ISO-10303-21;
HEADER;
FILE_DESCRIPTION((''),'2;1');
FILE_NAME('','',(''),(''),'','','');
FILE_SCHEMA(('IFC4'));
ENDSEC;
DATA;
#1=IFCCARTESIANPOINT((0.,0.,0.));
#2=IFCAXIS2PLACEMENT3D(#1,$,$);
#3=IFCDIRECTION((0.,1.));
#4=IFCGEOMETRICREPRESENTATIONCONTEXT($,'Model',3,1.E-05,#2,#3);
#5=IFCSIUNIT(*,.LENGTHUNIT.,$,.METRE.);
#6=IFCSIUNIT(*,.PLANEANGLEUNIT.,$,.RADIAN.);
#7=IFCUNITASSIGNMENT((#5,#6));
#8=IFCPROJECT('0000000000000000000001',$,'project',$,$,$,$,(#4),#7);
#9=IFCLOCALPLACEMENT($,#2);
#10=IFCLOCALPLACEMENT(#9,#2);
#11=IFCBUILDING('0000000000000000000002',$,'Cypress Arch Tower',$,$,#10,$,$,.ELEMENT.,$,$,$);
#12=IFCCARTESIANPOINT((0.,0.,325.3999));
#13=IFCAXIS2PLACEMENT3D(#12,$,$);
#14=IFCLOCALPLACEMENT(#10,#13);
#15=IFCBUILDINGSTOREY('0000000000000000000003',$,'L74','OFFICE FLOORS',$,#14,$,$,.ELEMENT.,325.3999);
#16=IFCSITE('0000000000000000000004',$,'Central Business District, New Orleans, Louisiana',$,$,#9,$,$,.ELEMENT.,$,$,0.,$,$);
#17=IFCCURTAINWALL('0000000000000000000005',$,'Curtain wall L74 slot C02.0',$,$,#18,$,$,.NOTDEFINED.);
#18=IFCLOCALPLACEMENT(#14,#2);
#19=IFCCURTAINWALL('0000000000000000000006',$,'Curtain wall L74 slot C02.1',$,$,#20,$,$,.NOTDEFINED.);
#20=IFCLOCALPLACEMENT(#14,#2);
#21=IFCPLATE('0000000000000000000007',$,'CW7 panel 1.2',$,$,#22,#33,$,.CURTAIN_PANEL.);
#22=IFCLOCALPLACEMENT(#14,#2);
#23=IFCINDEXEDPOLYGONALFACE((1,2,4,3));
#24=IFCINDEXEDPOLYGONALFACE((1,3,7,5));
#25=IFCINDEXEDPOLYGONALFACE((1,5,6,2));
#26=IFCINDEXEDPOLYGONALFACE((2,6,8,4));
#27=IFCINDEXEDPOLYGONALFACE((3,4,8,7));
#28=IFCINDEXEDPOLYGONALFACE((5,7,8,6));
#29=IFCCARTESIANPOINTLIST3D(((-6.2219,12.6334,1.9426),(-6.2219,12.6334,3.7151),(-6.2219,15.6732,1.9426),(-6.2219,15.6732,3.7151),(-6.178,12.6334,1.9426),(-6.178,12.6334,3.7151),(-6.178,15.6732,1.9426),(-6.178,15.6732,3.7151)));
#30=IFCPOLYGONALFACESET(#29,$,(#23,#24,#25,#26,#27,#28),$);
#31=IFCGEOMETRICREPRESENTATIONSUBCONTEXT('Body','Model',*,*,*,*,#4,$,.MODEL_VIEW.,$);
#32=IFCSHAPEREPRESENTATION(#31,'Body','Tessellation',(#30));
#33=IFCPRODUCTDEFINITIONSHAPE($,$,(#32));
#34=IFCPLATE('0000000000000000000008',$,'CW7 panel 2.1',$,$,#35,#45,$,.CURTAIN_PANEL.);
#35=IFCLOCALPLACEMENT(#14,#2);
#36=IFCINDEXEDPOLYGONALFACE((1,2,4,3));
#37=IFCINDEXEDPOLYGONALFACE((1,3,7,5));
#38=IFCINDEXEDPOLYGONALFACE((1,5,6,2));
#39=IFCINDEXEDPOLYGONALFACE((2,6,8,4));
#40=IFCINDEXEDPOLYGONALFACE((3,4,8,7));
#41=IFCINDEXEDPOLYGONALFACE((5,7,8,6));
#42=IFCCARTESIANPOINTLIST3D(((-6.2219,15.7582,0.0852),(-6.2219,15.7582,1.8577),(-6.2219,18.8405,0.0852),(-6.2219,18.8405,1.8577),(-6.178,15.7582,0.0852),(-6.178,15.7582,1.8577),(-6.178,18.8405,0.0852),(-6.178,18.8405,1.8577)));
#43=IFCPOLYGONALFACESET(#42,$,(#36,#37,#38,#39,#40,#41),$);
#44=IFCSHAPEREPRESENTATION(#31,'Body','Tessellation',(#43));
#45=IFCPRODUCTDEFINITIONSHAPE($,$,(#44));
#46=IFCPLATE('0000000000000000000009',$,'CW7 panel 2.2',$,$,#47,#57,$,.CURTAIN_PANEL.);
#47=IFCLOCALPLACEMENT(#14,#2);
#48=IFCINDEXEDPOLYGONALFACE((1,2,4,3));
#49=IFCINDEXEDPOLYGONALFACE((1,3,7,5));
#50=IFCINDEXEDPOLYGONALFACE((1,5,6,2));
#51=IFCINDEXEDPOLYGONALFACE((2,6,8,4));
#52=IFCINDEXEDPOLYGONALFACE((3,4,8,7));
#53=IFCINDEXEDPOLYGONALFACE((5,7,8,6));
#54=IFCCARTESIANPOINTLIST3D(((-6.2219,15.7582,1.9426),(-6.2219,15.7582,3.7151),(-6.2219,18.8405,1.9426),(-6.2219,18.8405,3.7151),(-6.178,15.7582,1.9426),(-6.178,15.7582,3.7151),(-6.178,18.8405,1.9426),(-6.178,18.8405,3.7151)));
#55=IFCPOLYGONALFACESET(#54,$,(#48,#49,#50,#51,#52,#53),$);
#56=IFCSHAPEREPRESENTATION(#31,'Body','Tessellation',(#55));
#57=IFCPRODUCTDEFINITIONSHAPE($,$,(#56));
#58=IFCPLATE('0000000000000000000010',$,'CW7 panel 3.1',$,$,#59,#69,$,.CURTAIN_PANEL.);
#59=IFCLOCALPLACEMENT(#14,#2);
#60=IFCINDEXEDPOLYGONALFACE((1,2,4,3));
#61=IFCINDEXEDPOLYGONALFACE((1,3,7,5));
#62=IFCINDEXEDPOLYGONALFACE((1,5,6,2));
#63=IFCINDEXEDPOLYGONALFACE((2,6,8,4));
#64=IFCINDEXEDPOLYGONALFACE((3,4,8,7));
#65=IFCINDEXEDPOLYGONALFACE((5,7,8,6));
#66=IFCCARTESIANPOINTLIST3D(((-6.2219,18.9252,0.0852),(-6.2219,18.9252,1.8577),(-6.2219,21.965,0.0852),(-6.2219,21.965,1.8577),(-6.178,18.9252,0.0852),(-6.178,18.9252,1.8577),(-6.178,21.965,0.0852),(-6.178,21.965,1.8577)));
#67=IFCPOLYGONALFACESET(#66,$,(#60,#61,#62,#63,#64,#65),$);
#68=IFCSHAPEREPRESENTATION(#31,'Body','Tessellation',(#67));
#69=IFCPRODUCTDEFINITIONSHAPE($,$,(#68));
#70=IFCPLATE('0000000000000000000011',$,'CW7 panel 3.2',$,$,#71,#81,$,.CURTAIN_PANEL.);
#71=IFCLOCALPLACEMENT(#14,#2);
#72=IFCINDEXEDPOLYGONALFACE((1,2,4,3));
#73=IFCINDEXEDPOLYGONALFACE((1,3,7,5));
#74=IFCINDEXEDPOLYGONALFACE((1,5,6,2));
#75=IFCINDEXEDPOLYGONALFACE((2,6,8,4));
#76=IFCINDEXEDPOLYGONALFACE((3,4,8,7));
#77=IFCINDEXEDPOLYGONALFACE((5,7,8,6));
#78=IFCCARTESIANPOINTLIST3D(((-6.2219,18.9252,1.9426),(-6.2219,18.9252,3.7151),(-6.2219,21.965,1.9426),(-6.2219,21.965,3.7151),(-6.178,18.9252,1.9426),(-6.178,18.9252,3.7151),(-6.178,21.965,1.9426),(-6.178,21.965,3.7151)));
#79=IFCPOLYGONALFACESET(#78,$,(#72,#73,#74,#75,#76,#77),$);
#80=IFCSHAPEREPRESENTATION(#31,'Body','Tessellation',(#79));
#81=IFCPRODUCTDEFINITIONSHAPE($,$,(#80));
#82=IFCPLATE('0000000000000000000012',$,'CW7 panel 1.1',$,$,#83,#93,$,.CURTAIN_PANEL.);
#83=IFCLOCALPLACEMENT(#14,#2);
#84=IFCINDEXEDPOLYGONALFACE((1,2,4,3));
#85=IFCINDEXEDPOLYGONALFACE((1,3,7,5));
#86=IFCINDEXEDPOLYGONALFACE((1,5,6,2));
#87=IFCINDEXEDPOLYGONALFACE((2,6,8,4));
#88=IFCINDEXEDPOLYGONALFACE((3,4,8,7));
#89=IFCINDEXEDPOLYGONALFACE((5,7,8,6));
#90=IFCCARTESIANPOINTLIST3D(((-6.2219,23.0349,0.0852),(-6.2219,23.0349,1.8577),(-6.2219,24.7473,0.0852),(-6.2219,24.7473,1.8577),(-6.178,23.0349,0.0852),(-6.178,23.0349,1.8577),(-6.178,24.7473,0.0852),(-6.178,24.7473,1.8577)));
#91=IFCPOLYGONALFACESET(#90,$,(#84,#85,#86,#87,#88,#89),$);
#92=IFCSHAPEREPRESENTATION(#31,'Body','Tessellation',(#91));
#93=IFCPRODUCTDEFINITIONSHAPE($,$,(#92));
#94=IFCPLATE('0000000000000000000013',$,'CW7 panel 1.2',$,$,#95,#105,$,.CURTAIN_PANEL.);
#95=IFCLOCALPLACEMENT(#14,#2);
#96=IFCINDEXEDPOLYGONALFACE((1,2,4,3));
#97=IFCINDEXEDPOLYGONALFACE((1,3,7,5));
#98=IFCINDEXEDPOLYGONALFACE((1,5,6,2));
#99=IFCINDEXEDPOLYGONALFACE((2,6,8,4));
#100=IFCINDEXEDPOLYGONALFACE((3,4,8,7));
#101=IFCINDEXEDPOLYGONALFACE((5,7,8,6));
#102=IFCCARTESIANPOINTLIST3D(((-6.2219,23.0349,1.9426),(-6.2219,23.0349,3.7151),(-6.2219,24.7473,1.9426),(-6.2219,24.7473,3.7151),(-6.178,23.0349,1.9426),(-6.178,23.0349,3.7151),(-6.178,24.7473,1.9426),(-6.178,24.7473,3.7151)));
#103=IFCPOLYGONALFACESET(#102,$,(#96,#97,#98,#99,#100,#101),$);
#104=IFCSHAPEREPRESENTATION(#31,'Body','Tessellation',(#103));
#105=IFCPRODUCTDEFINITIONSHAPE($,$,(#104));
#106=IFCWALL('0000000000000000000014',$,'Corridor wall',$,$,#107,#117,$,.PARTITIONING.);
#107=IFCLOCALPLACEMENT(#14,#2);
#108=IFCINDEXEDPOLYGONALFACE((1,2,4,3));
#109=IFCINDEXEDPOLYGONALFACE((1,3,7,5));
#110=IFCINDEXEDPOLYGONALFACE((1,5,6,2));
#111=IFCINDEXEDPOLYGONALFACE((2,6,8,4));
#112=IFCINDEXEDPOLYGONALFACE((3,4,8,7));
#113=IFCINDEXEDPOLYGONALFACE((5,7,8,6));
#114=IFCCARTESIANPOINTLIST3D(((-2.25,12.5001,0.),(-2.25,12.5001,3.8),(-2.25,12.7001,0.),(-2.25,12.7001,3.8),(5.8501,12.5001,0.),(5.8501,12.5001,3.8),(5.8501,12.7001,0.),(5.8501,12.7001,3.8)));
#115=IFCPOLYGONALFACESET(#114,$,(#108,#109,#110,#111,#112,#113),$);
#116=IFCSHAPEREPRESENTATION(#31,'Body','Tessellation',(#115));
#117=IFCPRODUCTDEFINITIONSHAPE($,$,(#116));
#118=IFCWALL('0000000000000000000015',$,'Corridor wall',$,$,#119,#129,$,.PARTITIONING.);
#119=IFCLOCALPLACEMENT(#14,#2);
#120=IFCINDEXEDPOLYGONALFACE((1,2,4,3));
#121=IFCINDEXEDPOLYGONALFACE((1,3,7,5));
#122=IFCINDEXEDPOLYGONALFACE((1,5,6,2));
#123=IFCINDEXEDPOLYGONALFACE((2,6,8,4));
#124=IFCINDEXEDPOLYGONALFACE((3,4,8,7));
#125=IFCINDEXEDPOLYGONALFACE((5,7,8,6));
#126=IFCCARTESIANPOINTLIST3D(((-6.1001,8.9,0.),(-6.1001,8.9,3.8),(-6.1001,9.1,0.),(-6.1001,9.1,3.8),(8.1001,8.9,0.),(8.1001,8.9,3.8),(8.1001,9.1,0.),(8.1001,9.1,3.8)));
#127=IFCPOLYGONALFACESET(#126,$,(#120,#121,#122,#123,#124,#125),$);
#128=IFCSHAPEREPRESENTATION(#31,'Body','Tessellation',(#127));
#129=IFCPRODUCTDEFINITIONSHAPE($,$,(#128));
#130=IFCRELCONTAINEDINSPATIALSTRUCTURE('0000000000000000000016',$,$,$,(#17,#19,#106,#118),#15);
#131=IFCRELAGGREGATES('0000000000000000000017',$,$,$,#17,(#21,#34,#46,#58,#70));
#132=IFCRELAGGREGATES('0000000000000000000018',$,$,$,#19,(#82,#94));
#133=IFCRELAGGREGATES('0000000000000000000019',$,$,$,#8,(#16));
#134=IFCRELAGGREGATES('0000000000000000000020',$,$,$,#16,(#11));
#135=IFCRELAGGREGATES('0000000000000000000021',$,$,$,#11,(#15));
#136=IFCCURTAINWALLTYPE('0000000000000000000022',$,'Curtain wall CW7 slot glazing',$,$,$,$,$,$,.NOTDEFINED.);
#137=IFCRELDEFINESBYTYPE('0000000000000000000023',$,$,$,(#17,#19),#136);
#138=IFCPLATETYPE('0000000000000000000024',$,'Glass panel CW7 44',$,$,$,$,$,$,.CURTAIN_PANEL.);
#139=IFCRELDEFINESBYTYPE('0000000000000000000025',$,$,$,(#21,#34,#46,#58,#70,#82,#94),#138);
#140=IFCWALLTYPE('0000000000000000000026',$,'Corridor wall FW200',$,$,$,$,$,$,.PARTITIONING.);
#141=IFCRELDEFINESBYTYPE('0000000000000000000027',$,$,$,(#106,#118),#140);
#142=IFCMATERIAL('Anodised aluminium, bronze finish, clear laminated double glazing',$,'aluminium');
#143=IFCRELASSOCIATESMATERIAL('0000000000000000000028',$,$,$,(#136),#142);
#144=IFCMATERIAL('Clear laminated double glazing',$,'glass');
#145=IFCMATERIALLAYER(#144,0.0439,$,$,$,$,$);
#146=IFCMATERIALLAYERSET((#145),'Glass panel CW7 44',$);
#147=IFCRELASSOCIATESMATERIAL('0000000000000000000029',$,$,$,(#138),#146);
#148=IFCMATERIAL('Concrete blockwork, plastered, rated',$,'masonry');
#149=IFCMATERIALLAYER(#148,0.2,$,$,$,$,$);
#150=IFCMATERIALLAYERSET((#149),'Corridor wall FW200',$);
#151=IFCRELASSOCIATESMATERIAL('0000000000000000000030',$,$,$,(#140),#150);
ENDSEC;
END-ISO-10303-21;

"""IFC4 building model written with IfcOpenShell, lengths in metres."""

from ifc_helpers import new_model, si_unit, direction, frame, frame_2d, origin, origin_2d, place, context, subcontext, project, spatial, rectangle, extrude, material, layer, layer_set, type_object, element, aggregate, save


model = new_model("IFC4")

# Units and contexts
model_context = context("Model", 3, precision=1e-05, world=origin(), true_north=direction((0.0, 1.0)))
body_context = subcontext(model_context, "Body", "Model", "MODEL_VIEW")
ifc_project = project(units=[si_unit("LENGTHUNIT", "METRE"), si_unit("PLANEANGLEUNIT", "RADIAN")], contexts=[model_context])

# Site, building, storey
site_placement = place(None, origin())
site = spatial("IfcSite", under=ifc_project, at=site_placement, Name="Central Business District, New Orleans, Louisiana", CompositionType="ELEMENT", RefElevation=0.0)
building_placement = place(site_placement, origin())
building = spatial("IfcBuilding", under=site, at=building_placement, Name="Cypress Arch Tower", CompositionType="ELEMENT")
storey_placement = place(building_placement, frame((0.0, 0.0, 325.3999)))
storey = spatial("IfcBuildingStorey", under=building, at=storey_placement, Name="L74", Description="OFFICE FLOORS", CompositionType="ELEMENT", Elevation=325.3999)

# Shared definitions
ifc_material_1 = material(Name="Anodised aluminium, bronze finish, clear laminated double glazing", Category="aluminium")
curtain_wall_type = type_object("IfcCurtainWallType", Name="Curtain wall CW7 slot glazing", PredefinedType="NOTDEFINED", material=ifc_material_1)

# Curtain walls
curtain_wall_1_placement = place(storey_placement, origin())
curtain_wall_1 = element("IfcCurtainWall", 1, at=curtain_wall_1_placement, inside=storey, type_object=curtain_wall_type, Name="Curtain wall L74 slot C02.0", PredefinedType="NOTDEFINED")
curtain_wall_2_placement = place(storey_placement, origin())
curtain_wall_2 = element("IfcCurtainWall", 2, at=curtain_wall_2_placement, inside=storey, type_object=curtain_wall_type, Name="Curtain wall L74 slot C02.1", PredefinedType="NOTDEFINED")

# Plates
ifc_material_2 = material(Name="Clear laminated double glazing", Category="glass")
ifc_layer_1 = layer(ifc_material_2, 0.0439)
ifc_layer_set_1 = layer_set([ifc_layer_1], Name="Glass panel CW7 44")
plate_type = type_object("IfcPlateType", Name="Glass panel CW7 44", PredefinedType="CURTAIN_PANEL", material=ifc_layer_set_1)
plate_1_placement = place(storey_placement, frame((-6.2, 14.1533, 1.9426), z_axis=(0.0, 0.0, 1.0), x_axis=(0.0, 1.0, 0.0)))
plate_1 = element("IfcPlate", 3, at=plate_1_placement, type_object=plate_type, Name="CW7 panel 1.2", PredefinedType="CURTAIN_PANEL", context=body_context, shape_type="SweptSolid", body=[
    extrude(rectangle(XDim=3.0398, YDim=0.0439, at=origin_2d()), origin(), (0.0, 0.0, 1.0), 1.7725),
])
plate_2_placement = place(storey_placement, frame((-6.2, 17.2993, 0.0852), z_axis=(0.0, 0.0, 1.0), x_axis=(0.0, 1.0, 0.0)))
plate_2 = element("IfcPlate", 4, at=plate_2_placement, type_object=plate_type, Name="CW7 panel 2.1", PredefinedType="CURTAIN_PANEL", context=body_context, shape_type="SweptSolid", body=[
    extrude(rectangle(XDim=3.0823, YDim=0.0439, at=origin_2d()), origin(), (0.0, 0.0, 1.0), 1.7725),
])
plate_3_placement = place(storey_placement, frame((-6.2, 17.2993, 1.9426), z_axis=(0.0, 0.0, 1.0), x_axis=(0.0, 1.0, 0.0)))
plate_3 = element("IfcPlate", 5, at=plate_3_placement, type_object=plate_type, Name="CW7 panel 2.2", PredefinedType="CURTAIN_PANEL", context=body_context, shape_type="SweptSolid", body=[
    extrude(rectangle(XDim=3.0823, YDim=0.0439, at=origin_2d()), origin(), (0.0, 0.0, 1.0), 1.7725),
])
plate_4_placement = place(storey_placement, frame((-6.2, 20.4451, 0.0852), z_axis=(0.0, 0.0, 1.0), x_axis=(0.0, 1.0, 0.0)))
plate_4 = element("IfcPlate", 6, at=plate_4_placement, type_object=plate_type, Name="CW7 panel 3.1", PredefinedType="CURTAIN_PANEL", context=body_context, shape_type="SweptSolid", body=[
    extrude(rectangle(XDim=3.0398, YDim=0.0439, at=origin_2d()), origin(), (0.0, 0.0, 1.0), 1.7725),
])
plate_5_placement = place(storey_placement, frame((-6.2, 20.4451, 1.9426), z_axis=(0.0, 0.0, 1.0), x_axis=(0.0, 1.0, 0.0)))
plate_5 = element("IfcPlate", 7, at=plate_5_placement, type_object=plate_type, Name="CW7 panel 3.2", PredefinedType="CURTAIN_PANEL", context=body_context, shape_type="SweptSolid", body=[
    extrude(rectangle(XDim=3.0398, YDim=0.0439, at=origin_2d()), origin(), (0.0, 0.0, 1.0), 1.7725),
])
aggregate(curtain_wall_1, [plate_1, plate_2, plate_3, plate_4, plate_5])
plate_6_placement = place(storey_placement, frame((-6.2, 23.8911, 0.0852), z_axis=(0.0, 0.0, 1.0), x_axis=(0.0, 1.0, 0.0)))
plate_6 = element("IfcPlate", 8, at=plate_6_placement, type_object=plate_type, Name="CW7 panel 1.1", PredefinedType="CURTAIN_PANEL", context=body_context, shape_type="SweptSolid", body=[
    extrude(rectangle(XDim=1.7124, YDim=0.0439, at=origin_2d()), origin(), (0.0, 0.0, 1.0), 1.7725),
])
plate_7_placement = place(storey_placement, frame((-6.2, 23.8911, 1.9426), z_axis=(0.0, 0.0, 1.0), x_axis=(0.0, 1.0, 0.0)))
plate_7 = element("IfcPlate", 9, at=plate_7_placement, type_object=plate_type, Name="CW7 panel 1.2", PredefinedType="CURTAIN_PANEL", context=body_context, shape_type="SweptSolid", body=[
    extrude(rectangle(XDim=1.7124, YDim=0.0439, at=origin_2d()), origin(), (0.0, 0.0, 1.0), 1.7725),
])
aggregate(curtain_wall_2, [plate_6, plate_7])

# Walls
ifc_material_3 = material(Name="Concrete blockwork, plastered, rated", Category="masonry")
ifc_layer_2 = layer(ifc_material_3, 0.2)
ifc_layer_set_2 = layer_set([ifc_layer_2], Name="Corridor wall FW200")
wall_type = type_object("IfcWallType", Name="Corridor wall FW200", PredefinedType="PARTITIONING", material=ifc_layer_set_2)
wall_1_placement = place(storey_placement, frame((-2.25, 12.6001, 0.0), z_axis=(0.0, 0.0, 1.0), x_axis=(1.0, 0.0, 0.0)))
element("IfcWall", 10, at=wall_1_placement, inside=storey, type_object=wall_type, Name="Corridor wall", PredefinedType="PARTITIONING", context=body_context, shape_type="SweptSolid", body=[
    extrude(rectangle(XDim=8.1001, YDim=0.2, at=frame_2d((4.05, 0.0))), origin(), (0.0, 0.0, 1.0), 3.8),
])
wall_2_placement = place(storey_placement, frame((-6.1001, 9.0, 0.0), z_axis=(0.0, 0.0, 1.0), x_axis=(1.0, 0.0, 0.0)))
element("IfcWall", 11, at=wall_2_placement, inside=storey, type_object=wall_type, Name="Corridor wall", PredefinedType="PARTITIONING", context=body_context, shape_type="SweptSolid", body=[
    extrude(rectangle(XDim=14.2002, YDim=0.2, at=frame_2d((7.1001, 0.0))), origin(), (0.0, 0.0, 1.0), 3.8),
])

save(model, "model.ifc")
